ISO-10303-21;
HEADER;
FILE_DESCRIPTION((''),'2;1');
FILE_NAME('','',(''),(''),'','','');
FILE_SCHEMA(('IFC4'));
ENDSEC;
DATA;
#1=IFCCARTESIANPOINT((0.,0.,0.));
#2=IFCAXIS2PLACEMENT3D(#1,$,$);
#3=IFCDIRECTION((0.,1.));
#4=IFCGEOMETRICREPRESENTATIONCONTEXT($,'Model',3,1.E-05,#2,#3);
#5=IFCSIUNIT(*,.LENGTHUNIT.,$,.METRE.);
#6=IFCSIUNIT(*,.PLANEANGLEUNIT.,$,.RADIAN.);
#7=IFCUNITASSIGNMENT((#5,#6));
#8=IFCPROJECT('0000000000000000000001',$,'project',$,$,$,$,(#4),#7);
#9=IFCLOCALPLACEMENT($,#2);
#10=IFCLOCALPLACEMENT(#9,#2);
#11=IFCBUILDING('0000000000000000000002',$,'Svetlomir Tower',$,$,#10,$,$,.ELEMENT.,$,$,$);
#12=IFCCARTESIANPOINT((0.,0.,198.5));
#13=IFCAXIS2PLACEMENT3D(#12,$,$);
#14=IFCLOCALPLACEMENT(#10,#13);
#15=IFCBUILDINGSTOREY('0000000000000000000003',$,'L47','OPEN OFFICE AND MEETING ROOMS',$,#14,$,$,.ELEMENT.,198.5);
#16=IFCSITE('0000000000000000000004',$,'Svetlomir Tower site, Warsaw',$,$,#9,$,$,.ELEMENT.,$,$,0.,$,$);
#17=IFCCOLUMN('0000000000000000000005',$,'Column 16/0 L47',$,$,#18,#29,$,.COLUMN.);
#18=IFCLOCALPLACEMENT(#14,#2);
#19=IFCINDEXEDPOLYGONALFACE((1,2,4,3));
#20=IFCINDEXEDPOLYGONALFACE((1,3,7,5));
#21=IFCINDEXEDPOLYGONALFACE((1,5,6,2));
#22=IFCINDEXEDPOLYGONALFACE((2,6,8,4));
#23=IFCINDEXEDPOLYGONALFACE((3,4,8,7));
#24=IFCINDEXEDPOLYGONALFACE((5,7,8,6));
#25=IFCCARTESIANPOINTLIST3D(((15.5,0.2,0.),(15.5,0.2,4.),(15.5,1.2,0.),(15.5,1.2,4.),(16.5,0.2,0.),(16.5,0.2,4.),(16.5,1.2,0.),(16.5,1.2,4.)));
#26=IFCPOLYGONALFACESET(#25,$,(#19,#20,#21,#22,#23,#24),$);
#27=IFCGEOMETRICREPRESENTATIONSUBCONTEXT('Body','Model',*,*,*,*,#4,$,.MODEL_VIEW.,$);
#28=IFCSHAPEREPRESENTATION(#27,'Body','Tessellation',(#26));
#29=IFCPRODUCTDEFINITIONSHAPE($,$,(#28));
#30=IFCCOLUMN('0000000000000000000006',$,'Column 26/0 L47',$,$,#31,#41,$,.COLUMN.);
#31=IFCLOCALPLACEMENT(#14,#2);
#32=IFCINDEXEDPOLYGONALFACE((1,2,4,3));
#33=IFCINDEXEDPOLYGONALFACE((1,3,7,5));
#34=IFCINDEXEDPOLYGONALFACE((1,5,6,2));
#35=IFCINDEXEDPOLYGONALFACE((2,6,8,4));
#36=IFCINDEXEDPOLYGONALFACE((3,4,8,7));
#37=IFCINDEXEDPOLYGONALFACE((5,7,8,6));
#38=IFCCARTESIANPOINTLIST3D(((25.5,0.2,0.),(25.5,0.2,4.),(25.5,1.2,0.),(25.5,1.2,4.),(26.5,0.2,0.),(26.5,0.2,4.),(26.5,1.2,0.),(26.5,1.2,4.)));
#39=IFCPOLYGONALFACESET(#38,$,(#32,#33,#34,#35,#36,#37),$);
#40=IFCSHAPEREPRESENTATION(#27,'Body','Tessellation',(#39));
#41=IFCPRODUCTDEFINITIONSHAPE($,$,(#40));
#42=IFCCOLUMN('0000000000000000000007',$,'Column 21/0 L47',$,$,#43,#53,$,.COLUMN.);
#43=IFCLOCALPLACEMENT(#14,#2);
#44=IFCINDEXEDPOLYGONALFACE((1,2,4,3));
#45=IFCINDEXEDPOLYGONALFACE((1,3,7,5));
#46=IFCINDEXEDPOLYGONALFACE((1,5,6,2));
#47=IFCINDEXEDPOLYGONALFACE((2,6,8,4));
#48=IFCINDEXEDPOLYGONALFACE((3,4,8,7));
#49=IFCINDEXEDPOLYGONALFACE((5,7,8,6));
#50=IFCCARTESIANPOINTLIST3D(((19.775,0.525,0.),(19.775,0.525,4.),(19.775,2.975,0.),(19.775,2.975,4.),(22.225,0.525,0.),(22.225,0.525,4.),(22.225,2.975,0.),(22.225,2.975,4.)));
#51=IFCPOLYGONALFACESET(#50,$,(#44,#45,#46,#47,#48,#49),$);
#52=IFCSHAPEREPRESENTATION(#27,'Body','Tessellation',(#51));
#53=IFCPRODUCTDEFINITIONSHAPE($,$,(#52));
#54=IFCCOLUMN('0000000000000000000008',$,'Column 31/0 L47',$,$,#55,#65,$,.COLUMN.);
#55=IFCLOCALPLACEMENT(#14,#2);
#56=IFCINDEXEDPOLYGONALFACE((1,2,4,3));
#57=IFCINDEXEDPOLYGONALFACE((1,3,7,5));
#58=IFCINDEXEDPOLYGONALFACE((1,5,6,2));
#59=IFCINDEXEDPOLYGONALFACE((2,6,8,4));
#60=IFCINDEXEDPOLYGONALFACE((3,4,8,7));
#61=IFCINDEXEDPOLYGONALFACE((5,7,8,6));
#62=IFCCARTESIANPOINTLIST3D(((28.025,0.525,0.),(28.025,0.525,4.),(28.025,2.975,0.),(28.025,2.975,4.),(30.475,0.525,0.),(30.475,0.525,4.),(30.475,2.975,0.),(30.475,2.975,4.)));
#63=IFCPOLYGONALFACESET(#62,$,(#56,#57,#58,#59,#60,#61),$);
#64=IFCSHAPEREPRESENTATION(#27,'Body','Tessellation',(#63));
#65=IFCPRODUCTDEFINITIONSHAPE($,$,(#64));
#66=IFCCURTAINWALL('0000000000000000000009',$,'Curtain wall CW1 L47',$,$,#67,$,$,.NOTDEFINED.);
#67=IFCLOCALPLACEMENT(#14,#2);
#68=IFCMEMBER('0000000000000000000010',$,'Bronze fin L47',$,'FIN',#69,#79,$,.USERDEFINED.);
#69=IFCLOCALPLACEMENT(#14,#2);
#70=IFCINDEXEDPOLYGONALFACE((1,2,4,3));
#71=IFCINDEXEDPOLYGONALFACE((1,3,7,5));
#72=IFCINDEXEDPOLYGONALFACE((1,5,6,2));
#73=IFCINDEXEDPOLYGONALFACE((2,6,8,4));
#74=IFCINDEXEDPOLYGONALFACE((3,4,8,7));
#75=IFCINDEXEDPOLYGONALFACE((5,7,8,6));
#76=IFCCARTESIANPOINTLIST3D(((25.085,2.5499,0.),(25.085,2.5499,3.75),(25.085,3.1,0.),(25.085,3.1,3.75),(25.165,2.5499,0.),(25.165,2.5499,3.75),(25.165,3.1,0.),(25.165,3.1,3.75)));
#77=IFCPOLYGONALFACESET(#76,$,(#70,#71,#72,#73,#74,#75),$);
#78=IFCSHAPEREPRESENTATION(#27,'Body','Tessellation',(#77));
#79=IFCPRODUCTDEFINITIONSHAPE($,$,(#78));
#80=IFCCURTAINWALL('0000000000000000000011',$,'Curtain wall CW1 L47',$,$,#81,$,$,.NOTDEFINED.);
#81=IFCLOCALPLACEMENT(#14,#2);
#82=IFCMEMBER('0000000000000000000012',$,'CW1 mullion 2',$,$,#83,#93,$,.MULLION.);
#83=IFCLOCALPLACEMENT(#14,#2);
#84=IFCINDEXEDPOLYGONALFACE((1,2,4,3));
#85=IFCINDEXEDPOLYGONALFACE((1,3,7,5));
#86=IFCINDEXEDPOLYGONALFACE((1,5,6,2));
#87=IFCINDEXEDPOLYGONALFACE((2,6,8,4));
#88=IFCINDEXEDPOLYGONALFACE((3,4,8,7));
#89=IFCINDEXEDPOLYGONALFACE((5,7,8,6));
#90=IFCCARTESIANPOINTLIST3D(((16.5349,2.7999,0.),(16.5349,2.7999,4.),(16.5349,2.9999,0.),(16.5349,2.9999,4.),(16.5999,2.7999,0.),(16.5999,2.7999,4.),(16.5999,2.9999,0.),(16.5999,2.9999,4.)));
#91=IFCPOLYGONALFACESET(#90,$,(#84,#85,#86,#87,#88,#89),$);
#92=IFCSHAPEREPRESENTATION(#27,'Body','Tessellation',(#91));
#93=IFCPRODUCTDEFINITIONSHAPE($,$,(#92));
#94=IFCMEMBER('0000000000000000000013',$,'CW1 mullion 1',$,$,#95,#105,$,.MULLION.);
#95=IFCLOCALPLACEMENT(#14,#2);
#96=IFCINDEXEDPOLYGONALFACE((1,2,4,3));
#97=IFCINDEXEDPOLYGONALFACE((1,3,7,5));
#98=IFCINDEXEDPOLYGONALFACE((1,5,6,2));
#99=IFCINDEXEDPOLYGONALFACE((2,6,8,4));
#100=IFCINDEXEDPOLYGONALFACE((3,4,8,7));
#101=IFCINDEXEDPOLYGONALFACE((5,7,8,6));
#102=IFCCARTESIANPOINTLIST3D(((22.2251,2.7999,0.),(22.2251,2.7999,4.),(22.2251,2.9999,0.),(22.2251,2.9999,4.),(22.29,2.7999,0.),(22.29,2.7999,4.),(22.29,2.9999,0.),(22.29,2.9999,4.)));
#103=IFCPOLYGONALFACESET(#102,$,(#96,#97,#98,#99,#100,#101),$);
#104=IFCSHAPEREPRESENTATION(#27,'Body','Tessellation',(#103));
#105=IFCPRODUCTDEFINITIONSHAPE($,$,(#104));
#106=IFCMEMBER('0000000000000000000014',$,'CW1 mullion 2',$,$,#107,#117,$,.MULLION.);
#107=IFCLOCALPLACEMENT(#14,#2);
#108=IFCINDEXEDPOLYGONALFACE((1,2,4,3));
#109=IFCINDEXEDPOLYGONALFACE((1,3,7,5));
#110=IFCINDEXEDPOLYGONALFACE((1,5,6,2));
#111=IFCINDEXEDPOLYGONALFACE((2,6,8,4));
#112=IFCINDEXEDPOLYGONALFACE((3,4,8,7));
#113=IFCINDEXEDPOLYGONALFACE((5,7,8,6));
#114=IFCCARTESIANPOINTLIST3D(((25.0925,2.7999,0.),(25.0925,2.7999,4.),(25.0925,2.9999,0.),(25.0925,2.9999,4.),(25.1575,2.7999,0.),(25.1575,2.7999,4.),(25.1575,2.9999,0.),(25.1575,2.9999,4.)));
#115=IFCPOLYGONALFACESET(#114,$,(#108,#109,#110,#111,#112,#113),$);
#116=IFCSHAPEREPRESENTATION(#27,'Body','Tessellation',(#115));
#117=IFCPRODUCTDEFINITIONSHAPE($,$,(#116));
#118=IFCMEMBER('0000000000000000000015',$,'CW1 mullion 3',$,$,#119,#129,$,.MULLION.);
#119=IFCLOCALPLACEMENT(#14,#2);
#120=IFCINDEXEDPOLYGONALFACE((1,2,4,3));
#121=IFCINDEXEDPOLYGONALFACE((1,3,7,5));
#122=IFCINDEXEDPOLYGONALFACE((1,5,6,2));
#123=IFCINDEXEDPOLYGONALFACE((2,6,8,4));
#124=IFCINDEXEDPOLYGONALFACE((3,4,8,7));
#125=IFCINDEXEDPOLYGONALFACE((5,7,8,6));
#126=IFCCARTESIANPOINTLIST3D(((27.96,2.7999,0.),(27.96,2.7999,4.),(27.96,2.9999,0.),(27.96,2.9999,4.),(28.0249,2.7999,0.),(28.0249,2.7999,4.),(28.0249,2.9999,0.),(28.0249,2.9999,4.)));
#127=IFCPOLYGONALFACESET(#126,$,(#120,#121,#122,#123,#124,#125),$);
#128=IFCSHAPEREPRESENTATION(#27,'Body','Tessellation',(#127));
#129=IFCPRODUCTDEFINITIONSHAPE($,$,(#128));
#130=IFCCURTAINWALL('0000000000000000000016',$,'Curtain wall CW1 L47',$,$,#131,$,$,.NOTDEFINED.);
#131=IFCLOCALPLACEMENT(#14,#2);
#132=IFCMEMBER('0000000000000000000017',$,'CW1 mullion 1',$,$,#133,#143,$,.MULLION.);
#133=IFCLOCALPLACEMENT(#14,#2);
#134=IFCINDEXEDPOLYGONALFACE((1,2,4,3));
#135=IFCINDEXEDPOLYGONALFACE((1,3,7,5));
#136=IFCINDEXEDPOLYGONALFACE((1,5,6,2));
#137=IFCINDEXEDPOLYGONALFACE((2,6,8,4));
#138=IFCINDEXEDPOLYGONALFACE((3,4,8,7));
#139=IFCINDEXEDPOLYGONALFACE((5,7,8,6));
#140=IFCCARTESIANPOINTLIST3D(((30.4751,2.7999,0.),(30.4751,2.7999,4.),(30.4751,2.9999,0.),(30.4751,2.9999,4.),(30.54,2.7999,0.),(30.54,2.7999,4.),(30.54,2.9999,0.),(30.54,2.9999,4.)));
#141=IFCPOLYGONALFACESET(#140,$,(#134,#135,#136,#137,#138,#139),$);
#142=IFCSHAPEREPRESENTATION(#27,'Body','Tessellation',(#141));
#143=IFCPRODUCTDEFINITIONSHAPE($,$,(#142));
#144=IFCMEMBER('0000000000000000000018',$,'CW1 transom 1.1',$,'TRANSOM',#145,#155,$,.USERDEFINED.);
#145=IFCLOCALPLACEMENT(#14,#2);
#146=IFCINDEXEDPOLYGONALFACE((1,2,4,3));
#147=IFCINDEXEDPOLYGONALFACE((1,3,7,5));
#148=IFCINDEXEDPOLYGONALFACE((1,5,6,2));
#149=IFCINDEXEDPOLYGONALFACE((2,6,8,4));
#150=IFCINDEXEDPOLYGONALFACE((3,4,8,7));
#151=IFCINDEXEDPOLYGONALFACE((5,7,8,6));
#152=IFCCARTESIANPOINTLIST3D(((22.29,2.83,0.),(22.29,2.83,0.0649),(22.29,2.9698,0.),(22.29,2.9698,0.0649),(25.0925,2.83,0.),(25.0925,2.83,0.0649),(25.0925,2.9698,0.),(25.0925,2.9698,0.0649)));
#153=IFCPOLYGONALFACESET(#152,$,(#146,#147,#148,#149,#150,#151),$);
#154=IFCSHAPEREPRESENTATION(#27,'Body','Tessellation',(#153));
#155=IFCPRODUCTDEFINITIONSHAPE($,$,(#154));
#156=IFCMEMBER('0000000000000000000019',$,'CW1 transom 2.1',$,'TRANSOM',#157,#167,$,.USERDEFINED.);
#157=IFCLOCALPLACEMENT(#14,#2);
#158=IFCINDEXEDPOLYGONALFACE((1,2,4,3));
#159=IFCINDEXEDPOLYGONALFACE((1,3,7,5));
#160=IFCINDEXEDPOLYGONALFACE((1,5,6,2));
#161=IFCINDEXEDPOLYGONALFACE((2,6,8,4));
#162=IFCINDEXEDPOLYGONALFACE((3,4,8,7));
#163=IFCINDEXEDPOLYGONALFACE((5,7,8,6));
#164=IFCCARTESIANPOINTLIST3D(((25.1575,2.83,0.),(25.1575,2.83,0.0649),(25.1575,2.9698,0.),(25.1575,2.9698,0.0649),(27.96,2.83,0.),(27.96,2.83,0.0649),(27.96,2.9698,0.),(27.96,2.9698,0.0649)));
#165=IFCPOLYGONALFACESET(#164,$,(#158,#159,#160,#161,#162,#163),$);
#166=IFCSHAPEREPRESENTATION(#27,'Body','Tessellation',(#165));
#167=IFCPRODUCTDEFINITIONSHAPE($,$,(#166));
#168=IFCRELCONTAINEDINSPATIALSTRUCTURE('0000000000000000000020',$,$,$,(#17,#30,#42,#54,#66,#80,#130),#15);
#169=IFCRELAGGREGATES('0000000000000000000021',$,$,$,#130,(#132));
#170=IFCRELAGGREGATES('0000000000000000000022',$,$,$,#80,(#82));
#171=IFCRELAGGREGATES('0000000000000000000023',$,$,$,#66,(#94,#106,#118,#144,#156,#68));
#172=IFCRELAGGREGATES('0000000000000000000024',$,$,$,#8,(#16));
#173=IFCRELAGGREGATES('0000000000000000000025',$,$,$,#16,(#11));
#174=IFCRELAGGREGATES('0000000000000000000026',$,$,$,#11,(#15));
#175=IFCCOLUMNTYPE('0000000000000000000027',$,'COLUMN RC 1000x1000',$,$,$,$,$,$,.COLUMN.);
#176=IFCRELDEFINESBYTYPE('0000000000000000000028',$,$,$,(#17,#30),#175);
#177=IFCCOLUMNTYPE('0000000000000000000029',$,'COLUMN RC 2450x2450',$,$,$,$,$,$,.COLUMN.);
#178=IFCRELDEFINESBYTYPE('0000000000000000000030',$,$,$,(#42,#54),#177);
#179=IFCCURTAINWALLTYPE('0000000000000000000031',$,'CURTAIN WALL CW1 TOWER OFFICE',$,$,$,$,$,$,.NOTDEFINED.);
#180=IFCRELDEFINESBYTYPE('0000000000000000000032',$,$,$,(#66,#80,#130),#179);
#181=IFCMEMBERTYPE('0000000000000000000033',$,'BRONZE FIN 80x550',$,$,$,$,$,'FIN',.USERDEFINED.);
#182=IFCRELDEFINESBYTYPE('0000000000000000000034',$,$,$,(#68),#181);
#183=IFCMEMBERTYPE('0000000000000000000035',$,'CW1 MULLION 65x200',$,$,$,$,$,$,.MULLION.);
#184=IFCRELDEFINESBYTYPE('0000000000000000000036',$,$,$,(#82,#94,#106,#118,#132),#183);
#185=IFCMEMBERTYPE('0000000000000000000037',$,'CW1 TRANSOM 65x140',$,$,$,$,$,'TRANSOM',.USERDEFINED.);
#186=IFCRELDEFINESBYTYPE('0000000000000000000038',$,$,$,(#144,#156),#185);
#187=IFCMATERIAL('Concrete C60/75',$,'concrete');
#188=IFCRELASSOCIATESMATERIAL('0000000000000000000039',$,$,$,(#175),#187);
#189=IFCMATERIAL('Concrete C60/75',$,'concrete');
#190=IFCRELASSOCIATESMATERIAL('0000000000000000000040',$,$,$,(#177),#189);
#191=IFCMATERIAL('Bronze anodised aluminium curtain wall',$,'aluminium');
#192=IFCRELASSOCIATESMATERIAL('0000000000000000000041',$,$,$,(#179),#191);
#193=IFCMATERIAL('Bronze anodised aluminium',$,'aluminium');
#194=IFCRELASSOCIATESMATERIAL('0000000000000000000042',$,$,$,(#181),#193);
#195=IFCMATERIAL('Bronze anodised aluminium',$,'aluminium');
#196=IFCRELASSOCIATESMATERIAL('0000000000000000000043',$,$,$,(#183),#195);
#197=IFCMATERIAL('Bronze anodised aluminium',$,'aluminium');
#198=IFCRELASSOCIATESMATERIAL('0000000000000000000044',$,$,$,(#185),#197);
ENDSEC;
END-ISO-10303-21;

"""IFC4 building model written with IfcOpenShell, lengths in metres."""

from ifc_helpers import new_model, si_unit, direction, frame, origin, origin_2d, place, context, subcontext, project, spatial, rectangle, extrude, material, material_profile, profile_set, type_object, element, aggregate, save


model = new_model("IFC4")

# Units and contexts
model_context = context("Model", 3, precision=1e-05, world=origin(), true_north=direction((0.0, 1.0)))
body_context = subcontext(model_context, "Body", "Model", "MODEL_VIEW")
ifc_project = project(units=[si_unit("LENGTHUNIT", "METRE"), si_unit("PLANEANGLEUNIT", "RADIAN")], contexts=[model_context])

# Site, building, storey
site_placement = place(None, origin())
site = spatial("IfcSite", under=ifc_project, at=site_placement, Name="Svetlomir Tower site, Warsaw", CompositionType="ELEMENT", RefElevation=0.0)
building_placement = place(site_placement, origin())
building = spatial("IfcBuilding", under=site, at=building_placement, Name="Svetlomir Tower", CompositionType="ELEMENT")
storey_placement = place(building_placement, frame((0.0, 0.0, 198.5)))
storey = spatial("IfcBuildingStorey", under=building, at=storey_placement, Name="L47", Description="OPEN OFFICE AND MEETING ROOMS", CompositionType="ELEMENT", Elevation=198.5)

# Columns
ifc_material_1 = material(Name="Concrete C60/75", Category="concrete")
ifc_material_profile_1 = material_profile(ifc_material_1, rectangle(XDim=1.0, YDim=1.0, at=origin_2d()), Name="RC 1000x1000")
ifc_profile_set_1 = profile_set([ifc_material_profile_1], Name="Concrete C60/75")
column_type_1 = type_object("IfcColumnType", Name="COLUMN RC 1000x1000", PredefinedType="COLUMN", material=ifc_profile_set_1)
for number, where, z_axis, x_axis, name in (
    (1, (16.0, 0.7, 0.0), (0.0, 0.0, 1.0), (1.0, 0.0, 0.0), "Column 16/0 L47"),
    (2, (26.0, 0.7, 0.0), (0.0, 0.0, 1.0), (1.0, 0.0, 0.0), "Column 26/0 L47"),
):
    element("IfcColumn", number, at=place(storey_placement, frame(where, z_axis=z_axis, x_axis=x_axis)), inside=storey, type_object=column_type_1, Name=name, PredefinedType="COLUMN", context=body_context, shape_type="SweptSolid", body=[
        extrude(rectangle(XDim=1.0, YDim=1.0, at=origin_2d()), origin(), (0.0, 0.0, 1.0), 4.0),
    ])
ifc_material_2 = material(Name="Concrete C60/75", Category="concrete")
ifc_material_profile_2 = material_profile(ifc_material_2, rectangle(XDim=2.45, YDim=2.45, at=origin_2d()), Name="RC 2450x2450")
ifc_profile_set_2 = profile_set([ifc_material_profile_2], Name="Concrete C60/75")
column_type_2 = type_object("IfcColumnType", Name="COLUMN RC 2450x2450", PredefinedType="COLUMN", material=ifc_profile_set_2)
for number, where, z_axis, x_axis, name in (
    (3, (21.0, 1.75, 0.0), (0.0, 0.0, 1.0), (1.0, 0.0, 0.0), "Column 21/0 L47"),
    (4, (29.25, 1.75, 0.0), (0.0, 0.0, 1.0), (1.0, 0.0, 0.0), "Column 31/0 L47"),
):
    element("IfcColumn", number, at=place(storey_placement, frame(where, z_axis=z_axis, x_axis=x_axis)), inside=storey, type_object=column_type_2, Name=name, PredefinedType="COLUMN", context=body_context, shape_type="SweptSolid", body=[
        extrude(rectangle(XDim=2.45, YDim=2.45, at=origin_2d()), origin(), (0.0, 0.0, 1.0), 4.0),
    ])

# Curtain walls, members
ifc_material_3 = material(Name="Bronze anodised aluminium curtain wall", Category="aluminium")
curtain_wall_type = type_object("IfcCurtainWallType", Name="CURTAIN WALL CW1 TOWER OFFICE", PredefinedType="NOTDEFINED", material=ifc_material_3)
curtain_wall_1_placement = place(storey_placement, origin())
curtain_wall_1 = element("IfcCurtainWall", 5, at=curtain_wall_1_placement, inside=storey, type_object=curtain_wall_type, Name="Curtain wall CW1 L47", PredefinedType="NOTDEFINED")
ifc_material_4 = material(Name="Bronze anodised aluminium", Category="aluminium")
ifc_material_profile_3 = material_profile(ifc_material_4, rectangle(XDim=0.0801, YDim=0.55, at=origin_2d()), Name="FIN 80x550")
ifc_profile_set_3 = profile_set([ifc_material_profile_3], Name="Bronze anodised aluminium 6063-T6")
member_type_1 = type_object("IfcMemberType", Name="BRONZE FIN 80x550", ElementType="FIN", PredefinedType="USERDEFINED", material=ifc_profile_set_3)
member_1_placement = place(storey_placement, frame((25.125, 2.825, 0.0), z_axis=(0.0, 0.0, 1.0), x_axis=(1.0, 0.0, 0.0)))
member_1 = element("IfcMember", 6, at=member_1_placement, type_object=member_type_1, Name="Bronze fin L47", ObjectType="FIN", PredefinedType="USERDEFINED", context=body_context, shape_type="SweptSolid", body=[
    extrude(rectangle(XDim=0.0801, YDim=0.55, at=origin_2d()), origin(), (0.0, 0.0, 1.0), 3.75),
])
curtain_wall_2_placement = place(storey_placement, origin())
curtain_wall_2 = element("IfcCurtainWall", 7, at=curtain_wall_2_placement, inside=storey, type_object=curtain_wall_type, Name="Curtain wall CW1 L47", PredefinedType="NOTDEFINED")
ifc_material_5 = material(Name="Bronze anodised aluminium", Category="aluminium")
ifc_material_profile_4 = material_profile(ifc_material_5, rectangle(XDim=0.0649, YDim=0.2, at=origin_2d()), Name="AL 65x200")
ifc_profile_set_4 = profile_set([ifc_material_profile_4], Name="Bronze anodised aluminium 6063-T6")
member_type_2 = type_object("IfcMemberType", Name="CW1 MULLION 65x200", PredefinedType="MULLION", material=ifc_profile_set_4)
member_2_placement = place(storey_placement, frame((16.5674, 2.8999, 0.0), z_axis=(0.0, 0.0, 1.0), x_axis=(1.0, 0.0, 0.0)))
member_2 = element("IfcMember", 8, at=member_2_placement, type_object=member_type_2, Name="CW1 mullion 2", PredefinedType="MULLION", context=body_context, shape_type="SweptSolid", body=[
    extrude(rectangle(XDim=0.0649, YDim=0.2, at=origin_2d()), origin(), (0.0, 0.0, 1.0), 4.0),
])

# Members
member_3_placement = place(storey_placement, frame((22.2576, 2.8999, 0.0), z_axis=(0.0, 0.0, 1.0), x_axis=(1.0, 0.0, 0.0)))
member_3 = element("IfcMember", 9, at=member_3_placement, type_object=member_type_2, Name="CW1 mullion 1", PredefinedType="MULLION", context=body_context, shape_type="SweptSolid", body=[
    extrude(rectangle(XDim=0.0649, YDim=0.2, at=origin_2d()), origin(), (0.0, 0.0, 1.0), 4.0),
])
member_4_placement = place(storey_placement, frame((25.125, 2.8999, 0.0), z_axis=(0.0, 0.0, 1.0), x_axis=(1.0, 0.0, 0.0)))
member_4 = element("IfcMember", 10, at=member_4_placement, type_object=member_type_2, Name="CW1 mullion 2", PredefinedType="MULLION", context=body_context, shape_type="SweptSolid", body=[
    extrude(rectangle(XDim=0.0649, YDim=0.2, at=origin_2d()), origin(), (0.0, 0.0, 1.0), 4.0),
])
member_5_placement = place(storey_placement, frame((27.9924, 2.8999, 0.0), z_axis=(0.0, 0.0, 1.0), x_axis=(1.0, 0.0, 0.0)))
member_5 = element("IfcMember", 11, at=member_5_placement, type_object=member_type_2, Name="CW1 mullion 3", PredefinedType="MULLION", context=body_context, shape_type="SweptSolid", body=[
    extrude(rectangle(XDim=0.0649, YDim=0.2, at=origin_2d()), origin(), (0.0, 0.0, 1.0), 4.0),
])

# Curtain wall, member
curtain_wall_3_placement = place(storey_placement, origin())
curtain_wall_3 = element("IfcCurtainWall", 12, at=curtain_wall_3_placement, inside=storey, type_object=curtain_wall_type, Name="Curtain wall CW1 L47", PredefinedType="NOTDEFINED")
member_6_placement = place(storey_placement, frame((30.5076, 2.8999, 0.0), z_axis=(0.0, 0.0, 1.0), x_axis=(1.0, 0.0, 0.0)))
member_6 = element("IfcMember", 13, at=member_6_placement, type_object=member_type_2, Name="CW1 mullion 1", PredefinedType="MULLION", context=body_context, shape_type="SweptSolid", body=[
    extrude(rectangle(XDim=0.0649, YDim=0.2, at=origin_2d()), origin(), (0.0, 0.0, 1.0), 4.0),
])
aggregate(curtain_wall_3, [member_6])

# Members
ifc_material_6 = material(Name="Bronze anodised aluminium", Category="aluminium")
ifc_material_profile_5 = material_profile(ifc_material_6, rectangle(XDim=0.1399, YDim=0.0649, at=origin_2d()), Name="AL 140x65")
ifc_profile_set_5 = profile_set([ifc_material_profile_5], Name="Bronze anodised aluminium 6063-T6")
member_type_3 = type_object("IfcMemberType", Name="CW1 TRANSOM 65x140", ElementType="TRANSOM", PredefinedType="USERDEFINED", material=ifc_profile_set_5)
member_7_placement = place(storey_placement, frame((22.29, 2.8999, 0.0325), z_axis=(1.0, 0.0, 0.0), x_axis=(0.0, 1.0, 0.0)))
member_7 = element("IfcMember", 14, at=member_7_placement, type_object=member_type_3, Name="CW1 transom 1.1", ObjectType="TRANSOM", PredefinedType="USERDEFINED", context=body_context, shape_type="SweptSolid", body=[
    extrude(rectangle(XDim=0.1399, YDim=0.0649, at=origin_2d()), origin(), (0.0, 0.0, 1.0), 2.8025),
])
member_8_placement = place(storey_placement, frame((25.1575, 2.8999, 0.0325), z_axis=(1.0, 0.0, 0.0), x_axis=(0.0, 1.0, 0.0)))
member_8 = element("IfcMember", 15, at=member_8_placement, type_object=member_type_3, Name="CW1 transom 2.1", ObjectType="TRANSOM", PredefinedType="USERDEFINED", context=body_context, shape_type="SweptSolid", body=[
    extrude(rectangle(XDim=0.1399, YDim=0.0649, at=origin_2d()), origin(), (0.0, 0.0, 1.0), 2.8025),
])

aggregate(curtain_wall_2, [member_2])
aggregate(curtain_wall_1, [member_3, member_4, member_5, member_7, member_8, member_1])

save(model, "model.ifc")
